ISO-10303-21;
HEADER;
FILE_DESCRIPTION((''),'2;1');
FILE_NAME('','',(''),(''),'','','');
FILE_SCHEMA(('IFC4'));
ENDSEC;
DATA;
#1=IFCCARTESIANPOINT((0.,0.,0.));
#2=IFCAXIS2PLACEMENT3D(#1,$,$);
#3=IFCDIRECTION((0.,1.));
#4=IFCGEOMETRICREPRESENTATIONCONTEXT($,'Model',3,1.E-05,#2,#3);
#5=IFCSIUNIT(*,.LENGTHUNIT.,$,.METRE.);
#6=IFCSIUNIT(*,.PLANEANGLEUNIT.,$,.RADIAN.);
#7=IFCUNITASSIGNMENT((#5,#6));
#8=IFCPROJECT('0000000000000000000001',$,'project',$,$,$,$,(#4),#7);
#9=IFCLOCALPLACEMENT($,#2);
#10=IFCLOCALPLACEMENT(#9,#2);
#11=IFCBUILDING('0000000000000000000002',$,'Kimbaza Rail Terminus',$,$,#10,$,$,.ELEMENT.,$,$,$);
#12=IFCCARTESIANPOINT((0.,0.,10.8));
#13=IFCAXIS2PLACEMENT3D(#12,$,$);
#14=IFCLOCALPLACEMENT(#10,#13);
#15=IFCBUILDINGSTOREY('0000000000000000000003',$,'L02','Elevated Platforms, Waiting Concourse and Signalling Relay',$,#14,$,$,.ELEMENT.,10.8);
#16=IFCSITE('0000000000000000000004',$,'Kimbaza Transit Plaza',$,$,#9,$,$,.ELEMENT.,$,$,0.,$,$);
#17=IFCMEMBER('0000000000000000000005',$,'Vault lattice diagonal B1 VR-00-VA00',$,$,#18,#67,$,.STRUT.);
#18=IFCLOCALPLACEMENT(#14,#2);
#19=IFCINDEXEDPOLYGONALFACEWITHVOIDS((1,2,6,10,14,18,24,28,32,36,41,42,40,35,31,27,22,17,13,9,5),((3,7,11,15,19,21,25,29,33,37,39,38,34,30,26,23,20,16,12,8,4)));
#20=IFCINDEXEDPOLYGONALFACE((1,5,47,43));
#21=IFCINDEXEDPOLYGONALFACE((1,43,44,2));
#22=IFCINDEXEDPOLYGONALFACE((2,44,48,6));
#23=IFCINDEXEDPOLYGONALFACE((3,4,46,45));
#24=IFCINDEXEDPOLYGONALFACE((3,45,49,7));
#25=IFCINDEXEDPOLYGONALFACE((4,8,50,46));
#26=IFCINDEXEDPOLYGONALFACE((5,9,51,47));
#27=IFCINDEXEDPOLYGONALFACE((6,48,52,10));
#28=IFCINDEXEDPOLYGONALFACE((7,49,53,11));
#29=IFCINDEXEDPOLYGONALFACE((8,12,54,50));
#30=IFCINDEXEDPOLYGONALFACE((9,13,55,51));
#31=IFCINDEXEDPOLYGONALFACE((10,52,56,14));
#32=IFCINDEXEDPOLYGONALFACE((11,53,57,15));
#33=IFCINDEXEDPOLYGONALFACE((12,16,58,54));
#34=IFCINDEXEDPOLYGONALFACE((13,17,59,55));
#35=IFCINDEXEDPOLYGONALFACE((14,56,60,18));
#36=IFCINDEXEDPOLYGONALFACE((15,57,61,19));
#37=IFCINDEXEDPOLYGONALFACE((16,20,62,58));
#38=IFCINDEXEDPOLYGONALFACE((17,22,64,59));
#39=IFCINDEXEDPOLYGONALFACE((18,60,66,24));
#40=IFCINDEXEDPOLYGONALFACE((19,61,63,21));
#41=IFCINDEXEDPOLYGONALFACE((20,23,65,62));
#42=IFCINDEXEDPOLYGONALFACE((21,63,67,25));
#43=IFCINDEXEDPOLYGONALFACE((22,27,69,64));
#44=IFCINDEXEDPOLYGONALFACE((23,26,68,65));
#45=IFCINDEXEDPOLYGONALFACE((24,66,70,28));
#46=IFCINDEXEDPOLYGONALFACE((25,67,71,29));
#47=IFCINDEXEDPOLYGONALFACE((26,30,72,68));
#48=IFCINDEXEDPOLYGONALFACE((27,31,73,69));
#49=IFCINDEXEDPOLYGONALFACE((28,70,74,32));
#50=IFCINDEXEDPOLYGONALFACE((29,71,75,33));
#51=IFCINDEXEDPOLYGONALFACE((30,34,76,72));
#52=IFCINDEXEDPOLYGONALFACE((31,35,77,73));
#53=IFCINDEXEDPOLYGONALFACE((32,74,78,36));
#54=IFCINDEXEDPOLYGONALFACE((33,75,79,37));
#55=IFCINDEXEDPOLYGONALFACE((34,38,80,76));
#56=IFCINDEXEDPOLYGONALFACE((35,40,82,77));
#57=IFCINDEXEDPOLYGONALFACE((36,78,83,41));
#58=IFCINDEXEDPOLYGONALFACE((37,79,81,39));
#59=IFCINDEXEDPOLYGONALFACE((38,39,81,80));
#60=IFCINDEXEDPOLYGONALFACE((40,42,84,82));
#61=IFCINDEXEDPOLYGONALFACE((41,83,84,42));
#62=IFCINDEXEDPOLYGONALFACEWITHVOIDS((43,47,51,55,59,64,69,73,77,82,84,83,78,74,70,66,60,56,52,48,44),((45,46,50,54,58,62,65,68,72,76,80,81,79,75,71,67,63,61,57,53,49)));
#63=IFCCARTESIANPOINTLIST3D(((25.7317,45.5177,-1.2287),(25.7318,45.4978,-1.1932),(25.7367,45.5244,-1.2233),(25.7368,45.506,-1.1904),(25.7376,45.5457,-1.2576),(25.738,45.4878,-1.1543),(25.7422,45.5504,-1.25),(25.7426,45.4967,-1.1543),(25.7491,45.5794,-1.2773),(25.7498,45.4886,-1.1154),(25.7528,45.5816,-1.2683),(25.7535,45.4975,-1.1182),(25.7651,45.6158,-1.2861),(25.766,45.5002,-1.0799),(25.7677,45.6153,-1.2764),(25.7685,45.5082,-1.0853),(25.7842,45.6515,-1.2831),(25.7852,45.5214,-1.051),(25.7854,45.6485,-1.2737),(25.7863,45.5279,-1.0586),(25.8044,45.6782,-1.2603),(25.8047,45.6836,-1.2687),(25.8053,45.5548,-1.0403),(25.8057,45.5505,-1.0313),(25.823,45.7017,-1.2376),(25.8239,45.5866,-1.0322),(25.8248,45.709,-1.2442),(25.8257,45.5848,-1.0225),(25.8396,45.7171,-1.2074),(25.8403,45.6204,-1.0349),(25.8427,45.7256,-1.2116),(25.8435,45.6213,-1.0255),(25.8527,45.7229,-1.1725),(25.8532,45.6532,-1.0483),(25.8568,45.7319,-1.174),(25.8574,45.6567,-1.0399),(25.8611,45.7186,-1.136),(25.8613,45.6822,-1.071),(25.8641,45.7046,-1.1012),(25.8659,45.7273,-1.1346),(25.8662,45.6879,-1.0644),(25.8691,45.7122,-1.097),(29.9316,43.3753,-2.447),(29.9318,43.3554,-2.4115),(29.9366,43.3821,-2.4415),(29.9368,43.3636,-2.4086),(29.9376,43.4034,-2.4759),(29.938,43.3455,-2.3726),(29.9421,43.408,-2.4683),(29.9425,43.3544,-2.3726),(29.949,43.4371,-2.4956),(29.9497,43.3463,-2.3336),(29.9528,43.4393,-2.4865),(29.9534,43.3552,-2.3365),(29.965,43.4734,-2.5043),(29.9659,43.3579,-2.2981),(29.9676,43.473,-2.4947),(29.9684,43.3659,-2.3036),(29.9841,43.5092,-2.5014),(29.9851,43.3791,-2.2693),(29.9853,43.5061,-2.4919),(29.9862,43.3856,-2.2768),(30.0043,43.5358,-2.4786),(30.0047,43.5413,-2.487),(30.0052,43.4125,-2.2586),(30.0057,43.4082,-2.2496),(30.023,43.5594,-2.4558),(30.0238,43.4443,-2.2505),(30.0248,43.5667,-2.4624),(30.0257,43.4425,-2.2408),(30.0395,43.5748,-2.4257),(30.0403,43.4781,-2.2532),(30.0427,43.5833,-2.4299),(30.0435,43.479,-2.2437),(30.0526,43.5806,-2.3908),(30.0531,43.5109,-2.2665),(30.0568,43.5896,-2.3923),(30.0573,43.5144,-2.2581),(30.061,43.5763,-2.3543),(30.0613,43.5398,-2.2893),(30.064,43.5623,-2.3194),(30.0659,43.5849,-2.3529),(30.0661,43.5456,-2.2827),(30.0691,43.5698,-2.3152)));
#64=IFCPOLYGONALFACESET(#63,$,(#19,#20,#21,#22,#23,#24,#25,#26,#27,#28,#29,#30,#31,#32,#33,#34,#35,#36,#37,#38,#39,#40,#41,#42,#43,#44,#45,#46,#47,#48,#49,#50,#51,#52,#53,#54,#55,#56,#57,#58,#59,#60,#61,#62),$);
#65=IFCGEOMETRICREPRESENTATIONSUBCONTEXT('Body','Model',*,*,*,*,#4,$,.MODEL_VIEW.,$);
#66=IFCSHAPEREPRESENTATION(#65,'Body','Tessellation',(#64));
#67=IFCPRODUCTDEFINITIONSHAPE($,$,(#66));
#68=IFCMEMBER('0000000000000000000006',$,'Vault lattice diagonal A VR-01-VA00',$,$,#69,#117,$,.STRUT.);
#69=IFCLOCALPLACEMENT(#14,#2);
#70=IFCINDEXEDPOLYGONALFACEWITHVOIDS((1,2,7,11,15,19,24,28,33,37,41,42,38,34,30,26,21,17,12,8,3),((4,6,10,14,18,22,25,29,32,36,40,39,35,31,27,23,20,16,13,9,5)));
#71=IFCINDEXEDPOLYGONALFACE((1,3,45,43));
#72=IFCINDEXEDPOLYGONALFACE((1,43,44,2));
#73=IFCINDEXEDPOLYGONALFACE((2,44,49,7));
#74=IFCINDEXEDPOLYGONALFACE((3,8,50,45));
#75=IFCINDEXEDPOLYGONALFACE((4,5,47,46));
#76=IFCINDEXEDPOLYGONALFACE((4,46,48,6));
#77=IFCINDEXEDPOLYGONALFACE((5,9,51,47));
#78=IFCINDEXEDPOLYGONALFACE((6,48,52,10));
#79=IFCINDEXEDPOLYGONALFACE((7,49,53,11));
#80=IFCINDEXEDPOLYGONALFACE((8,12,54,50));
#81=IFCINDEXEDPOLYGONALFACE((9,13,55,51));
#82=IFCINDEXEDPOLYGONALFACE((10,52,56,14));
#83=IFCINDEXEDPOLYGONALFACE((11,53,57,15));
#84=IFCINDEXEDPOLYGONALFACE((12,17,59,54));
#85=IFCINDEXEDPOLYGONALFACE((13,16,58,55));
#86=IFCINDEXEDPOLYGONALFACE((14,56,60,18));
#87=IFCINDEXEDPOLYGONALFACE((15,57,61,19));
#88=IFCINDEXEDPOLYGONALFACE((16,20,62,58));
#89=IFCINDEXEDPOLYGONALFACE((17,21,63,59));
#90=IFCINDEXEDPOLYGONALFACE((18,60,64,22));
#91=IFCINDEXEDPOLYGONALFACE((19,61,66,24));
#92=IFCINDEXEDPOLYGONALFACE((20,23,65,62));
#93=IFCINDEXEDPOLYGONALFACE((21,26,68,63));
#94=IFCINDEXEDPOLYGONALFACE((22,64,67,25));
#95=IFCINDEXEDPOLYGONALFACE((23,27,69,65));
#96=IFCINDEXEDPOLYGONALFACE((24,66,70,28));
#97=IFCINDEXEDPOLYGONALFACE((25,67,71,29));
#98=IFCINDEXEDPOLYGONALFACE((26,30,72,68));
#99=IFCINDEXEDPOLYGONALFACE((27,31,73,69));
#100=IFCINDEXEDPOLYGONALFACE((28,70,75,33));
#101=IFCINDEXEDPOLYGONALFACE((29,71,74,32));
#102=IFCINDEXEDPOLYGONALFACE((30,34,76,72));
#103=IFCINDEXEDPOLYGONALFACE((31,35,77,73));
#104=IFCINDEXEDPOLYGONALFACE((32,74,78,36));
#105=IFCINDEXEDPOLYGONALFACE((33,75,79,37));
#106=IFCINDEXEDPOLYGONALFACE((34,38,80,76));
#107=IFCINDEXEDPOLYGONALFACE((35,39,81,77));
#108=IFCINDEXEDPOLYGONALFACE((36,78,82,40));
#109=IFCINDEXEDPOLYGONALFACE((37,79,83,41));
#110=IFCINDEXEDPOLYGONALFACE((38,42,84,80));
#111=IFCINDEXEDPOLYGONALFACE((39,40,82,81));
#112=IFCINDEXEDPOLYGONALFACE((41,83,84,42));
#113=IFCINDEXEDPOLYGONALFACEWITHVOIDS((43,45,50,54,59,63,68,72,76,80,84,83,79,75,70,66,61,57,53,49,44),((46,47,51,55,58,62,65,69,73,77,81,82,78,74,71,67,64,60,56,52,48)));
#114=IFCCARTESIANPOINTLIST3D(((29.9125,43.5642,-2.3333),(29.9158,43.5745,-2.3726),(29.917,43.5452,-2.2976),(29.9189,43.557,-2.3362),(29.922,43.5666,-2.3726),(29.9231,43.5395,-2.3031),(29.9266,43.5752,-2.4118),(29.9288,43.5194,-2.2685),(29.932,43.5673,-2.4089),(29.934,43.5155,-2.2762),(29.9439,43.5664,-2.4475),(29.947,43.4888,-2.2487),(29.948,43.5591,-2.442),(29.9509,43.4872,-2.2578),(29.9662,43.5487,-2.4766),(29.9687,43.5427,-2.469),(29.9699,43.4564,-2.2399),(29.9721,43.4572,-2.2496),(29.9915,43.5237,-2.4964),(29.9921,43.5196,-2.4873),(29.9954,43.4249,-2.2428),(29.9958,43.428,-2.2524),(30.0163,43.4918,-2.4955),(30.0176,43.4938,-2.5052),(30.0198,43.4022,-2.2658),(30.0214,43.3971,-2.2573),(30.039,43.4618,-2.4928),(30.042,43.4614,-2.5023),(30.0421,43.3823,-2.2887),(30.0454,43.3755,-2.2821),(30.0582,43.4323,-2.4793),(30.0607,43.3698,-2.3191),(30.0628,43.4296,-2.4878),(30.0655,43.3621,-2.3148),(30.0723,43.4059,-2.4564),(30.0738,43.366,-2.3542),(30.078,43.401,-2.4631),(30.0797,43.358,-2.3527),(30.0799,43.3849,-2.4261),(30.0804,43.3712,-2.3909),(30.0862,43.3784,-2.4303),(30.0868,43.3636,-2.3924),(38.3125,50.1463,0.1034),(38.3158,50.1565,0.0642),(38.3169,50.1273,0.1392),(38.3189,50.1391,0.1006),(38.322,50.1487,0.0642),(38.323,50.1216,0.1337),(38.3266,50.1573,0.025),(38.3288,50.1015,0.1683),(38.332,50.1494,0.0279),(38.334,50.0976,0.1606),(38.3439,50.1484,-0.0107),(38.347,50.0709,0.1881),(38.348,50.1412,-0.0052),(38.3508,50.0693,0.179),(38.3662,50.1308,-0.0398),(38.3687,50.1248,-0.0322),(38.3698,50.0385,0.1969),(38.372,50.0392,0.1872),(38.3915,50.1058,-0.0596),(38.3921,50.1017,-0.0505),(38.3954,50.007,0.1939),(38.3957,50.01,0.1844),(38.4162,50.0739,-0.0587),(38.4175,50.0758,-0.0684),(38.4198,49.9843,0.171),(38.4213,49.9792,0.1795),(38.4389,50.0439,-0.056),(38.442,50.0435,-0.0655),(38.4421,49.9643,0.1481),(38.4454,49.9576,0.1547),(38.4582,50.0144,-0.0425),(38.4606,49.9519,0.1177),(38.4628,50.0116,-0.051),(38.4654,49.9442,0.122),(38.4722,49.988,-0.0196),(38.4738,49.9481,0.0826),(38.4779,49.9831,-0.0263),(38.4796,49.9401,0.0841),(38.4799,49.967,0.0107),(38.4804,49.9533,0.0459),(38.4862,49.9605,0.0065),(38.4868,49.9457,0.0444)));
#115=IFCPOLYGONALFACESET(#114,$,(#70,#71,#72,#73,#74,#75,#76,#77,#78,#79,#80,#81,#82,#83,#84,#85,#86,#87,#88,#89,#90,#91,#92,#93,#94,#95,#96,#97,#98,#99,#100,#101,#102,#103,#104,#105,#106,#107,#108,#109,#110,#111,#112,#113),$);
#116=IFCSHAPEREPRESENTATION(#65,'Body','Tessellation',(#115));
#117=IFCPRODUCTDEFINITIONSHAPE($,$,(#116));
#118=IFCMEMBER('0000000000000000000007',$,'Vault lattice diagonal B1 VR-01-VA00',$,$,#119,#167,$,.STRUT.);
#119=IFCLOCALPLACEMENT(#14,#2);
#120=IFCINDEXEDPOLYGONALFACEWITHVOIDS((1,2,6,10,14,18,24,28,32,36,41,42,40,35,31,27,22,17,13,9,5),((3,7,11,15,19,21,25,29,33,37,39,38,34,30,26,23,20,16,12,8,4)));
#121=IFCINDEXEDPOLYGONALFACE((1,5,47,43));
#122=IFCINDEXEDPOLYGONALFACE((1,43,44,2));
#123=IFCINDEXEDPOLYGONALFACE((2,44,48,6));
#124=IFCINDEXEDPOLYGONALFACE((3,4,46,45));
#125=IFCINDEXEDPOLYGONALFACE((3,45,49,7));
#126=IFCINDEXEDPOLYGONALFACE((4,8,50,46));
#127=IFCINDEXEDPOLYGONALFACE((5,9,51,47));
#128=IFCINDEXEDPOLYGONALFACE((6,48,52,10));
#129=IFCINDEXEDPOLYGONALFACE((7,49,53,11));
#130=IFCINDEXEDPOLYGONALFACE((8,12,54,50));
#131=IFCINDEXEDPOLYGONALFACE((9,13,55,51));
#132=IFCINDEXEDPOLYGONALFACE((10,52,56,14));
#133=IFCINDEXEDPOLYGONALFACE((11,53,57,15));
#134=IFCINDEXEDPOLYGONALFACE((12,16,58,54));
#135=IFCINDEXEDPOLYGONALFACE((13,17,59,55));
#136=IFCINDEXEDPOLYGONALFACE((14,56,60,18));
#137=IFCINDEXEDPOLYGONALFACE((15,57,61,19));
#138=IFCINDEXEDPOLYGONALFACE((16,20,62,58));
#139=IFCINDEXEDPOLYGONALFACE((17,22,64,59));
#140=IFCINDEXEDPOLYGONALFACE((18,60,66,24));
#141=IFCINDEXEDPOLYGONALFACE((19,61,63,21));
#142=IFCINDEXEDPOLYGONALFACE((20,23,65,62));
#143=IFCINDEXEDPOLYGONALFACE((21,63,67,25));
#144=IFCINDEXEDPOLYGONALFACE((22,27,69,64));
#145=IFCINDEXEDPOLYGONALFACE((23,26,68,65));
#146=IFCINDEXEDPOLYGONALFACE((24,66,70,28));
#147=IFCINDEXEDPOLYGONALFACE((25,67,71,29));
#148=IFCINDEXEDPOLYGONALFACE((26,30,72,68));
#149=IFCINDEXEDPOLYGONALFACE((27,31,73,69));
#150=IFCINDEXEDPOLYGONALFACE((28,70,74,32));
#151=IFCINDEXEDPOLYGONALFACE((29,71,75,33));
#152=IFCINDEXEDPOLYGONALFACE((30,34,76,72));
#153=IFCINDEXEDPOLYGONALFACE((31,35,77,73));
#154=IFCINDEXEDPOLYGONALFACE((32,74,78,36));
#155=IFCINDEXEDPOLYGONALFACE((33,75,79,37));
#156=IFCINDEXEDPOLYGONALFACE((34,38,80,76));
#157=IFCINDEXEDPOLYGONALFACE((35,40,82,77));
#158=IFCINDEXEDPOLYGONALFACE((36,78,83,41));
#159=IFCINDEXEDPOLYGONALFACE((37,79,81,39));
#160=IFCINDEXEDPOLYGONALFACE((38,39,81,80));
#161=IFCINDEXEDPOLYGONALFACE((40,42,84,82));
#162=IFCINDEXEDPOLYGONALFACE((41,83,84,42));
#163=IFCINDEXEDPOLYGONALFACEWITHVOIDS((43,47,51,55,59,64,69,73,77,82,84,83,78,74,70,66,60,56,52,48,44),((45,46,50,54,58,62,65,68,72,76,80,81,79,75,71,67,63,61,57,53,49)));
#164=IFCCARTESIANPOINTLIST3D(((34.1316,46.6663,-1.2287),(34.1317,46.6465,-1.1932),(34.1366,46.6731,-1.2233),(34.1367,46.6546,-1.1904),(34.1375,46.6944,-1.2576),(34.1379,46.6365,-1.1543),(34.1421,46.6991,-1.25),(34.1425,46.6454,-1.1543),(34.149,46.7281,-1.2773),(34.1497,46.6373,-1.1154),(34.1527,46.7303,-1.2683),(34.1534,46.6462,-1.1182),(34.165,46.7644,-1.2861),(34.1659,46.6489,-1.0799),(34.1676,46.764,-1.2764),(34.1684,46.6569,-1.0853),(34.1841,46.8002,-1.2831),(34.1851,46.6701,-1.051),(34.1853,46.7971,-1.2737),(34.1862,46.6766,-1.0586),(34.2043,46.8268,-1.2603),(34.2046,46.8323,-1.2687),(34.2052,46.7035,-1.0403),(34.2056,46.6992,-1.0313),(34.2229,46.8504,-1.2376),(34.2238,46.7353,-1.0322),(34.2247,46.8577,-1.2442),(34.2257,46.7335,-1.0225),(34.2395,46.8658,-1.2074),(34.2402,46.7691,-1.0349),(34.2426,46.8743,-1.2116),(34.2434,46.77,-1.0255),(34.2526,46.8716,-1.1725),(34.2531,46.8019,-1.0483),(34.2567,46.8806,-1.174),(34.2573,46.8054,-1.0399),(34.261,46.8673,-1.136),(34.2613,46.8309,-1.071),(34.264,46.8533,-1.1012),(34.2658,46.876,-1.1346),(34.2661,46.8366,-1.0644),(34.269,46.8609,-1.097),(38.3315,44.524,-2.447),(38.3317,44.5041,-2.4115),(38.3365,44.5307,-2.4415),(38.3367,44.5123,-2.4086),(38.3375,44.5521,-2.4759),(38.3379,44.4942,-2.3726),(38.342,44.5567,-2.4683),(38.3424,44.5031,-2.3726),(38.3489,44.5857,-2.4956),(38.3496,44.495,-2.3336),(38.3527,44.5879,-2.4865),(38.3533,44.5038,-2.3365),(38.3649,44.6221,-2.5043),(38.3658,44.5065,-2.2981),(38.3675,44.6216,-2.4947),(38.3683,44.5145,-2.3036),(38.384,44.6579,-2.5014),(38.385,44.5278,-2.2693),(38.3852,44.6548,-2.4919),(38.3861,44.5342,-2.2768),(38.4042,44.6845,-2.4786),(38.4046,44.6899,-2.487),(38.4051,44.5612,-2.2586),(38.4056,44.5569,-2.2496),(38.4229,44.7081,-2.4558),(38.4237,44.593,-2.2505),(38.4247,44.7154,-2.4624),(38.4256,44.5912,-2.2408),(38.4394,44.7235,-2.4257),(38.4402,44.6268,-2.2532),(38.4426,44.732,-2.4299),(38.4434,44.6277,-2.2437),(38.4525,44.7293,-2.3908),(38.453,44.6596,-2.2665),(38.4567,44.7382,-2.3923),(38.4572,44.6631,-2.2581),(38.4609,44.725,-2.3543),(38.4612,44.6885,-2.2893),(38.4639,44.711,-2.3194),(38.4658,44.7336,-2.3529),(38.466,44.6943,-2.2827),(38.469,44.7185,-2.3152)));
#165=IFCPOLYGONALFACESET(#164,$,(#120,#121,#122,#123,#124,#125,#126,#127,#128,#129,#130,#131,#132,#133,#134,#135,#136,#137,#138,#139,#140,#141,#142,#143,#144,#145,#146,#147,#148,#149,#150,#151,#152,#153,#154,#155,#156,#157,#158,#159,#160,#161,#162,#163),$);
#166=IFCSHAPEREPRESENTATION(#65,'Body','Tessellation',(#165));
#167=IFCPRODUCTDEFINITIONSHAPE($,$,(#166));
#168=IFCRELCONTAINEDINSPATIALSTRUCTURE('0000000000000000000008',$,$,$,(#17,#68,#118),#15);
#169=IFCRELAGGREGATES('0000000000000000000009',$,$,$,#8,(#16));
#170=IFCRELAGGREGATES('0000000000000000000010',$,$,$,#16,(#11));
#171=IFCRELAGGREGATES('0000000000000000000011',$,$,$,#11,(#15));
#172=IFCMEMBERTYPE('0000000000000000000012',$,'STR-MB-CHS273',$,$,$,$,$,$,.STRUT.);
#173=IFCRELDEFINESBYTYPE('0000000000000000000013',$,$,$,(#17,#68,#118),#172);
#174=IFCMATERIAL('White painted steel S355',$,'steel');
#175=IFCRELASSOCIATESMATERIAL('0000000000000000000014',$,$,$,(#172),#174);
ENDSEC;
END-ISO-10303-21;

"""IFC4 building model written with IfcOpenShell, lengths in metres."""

from ifc_helpers import new_model, si_unit, direction, frame, origin, origin_2d, place, context, subcontext, project, spatial, hollow_circle, extrude, material, material_profile, profile_set, type_object, element, save


model = new_model("IFC4")

# Units and contexts
model_context = context("Model", 3, precision=1e-05, world=origin(), true_north=direction((0.0, 1.0)))
body_context = subcontext(model_context, "Body", "Model", "MODEL_VIEW")
ifc_project = project(units=[si_unit("LENGTHUNIT", "METRE"), si_unit("PLANEANGLEUNIT", "RADIAN")], contexts=[model_context])

# Site, building, storey
site_placement = place(None, origin())
site = spatial("IfcSite", under=ifc_project, at=site_placement, Name="Kimbaza Transit Plaza", CompositionType="ELEMENT", RefElevation=0.0)
building_placement = place(site_placement, origin())
building = spatial("IfcBuilding", under=site, at=building_placement, Name="Kimbaza Rail Terminus", CompositionType="ELEMENT")
storey_placement = place(building_placement, frame((0.0, 0.0, 10.8)))
storey = spatial("IfcBuildingStorey", under=building, at=storey_placement, Name="L02", Description="Elevated Platforms, Waiting Concourse and Signalling Relay", CompositionType="ELEMENT", Elevation=10.8)

# Members
ifc_material_1 = material(Name="White painted steel S355", Category="steel")
ifc_material_profile_1 = material_profile(ifc_material_1, hollow_circle(Radius=0.1365, WallThickness=0.01, at=origin_2d()), Name="CHS 273x10")
ifc_profile_set_1 = profile_set([ifc_material_profile_1], Name="White painted steel S355")
member_type_1 = type_object("IfcMemberType", Name="STR-MB-CHS273", PredefinedType="STRUT", material=ifc_profile_set_1)
member_1_placement = place(storey_placement, frame((30.0, 43.467, -2.3726), z_axis=(-0.862478, 0.439937, 0.250175), x_axis=(-0.454386, -0.890805, 0.0)))
element("IfcMember", 1, at=member_1_placement, inside=storey, type_object=member_type_1, Name="Vault lattice diagonal B1 VR-00-VA00", PredefinedType="STRUT", context=body_context, shape_type="SweptSolid", body=[
    extrude(hollow_circle(Radius=0.1365, WallThickness=0.01, at=origin_2d()), origin(), (0.0, 0.0, 1.0), 4.8696),
])
member_2_placement = place(storey_placement, frame((30.0, 43.467, -2.3726), z_axis=(0.767381, 0.601307, 0.222613), x_axis=(-0.616784, 0.787132, 0.0)))
element("IfcMember", 2, at=member_2_placement, inside=storey, type_object=member_type_1, Name="Vault lattice diagonal A VR-01-VA00", PredefinedType="STRUT", context=body_context, shape_type="SweptSolid", body=[
    extrude(hollow_circle(Radius=0.1365, WallThickness=0.01, at=origin_2d()), origin(), (0.0, 0.0, 1.0), 10.9463),
])
member_3_placement = place(storey_placement, frame((38.3999, 44.6157, -2.3726), z_axis=(-0.862478, 0.439937, 0.250175), x_axis=(-0.454386, -0.890805, 0.0)))
element("IfcMember", 3, at=member_3_placement, inside=storey, type_object=member_type_1, Name="Vault lattice diagonal B1 VR-01-VA00", PredefinedType="STRUT", context=body_context, shape_type="SweptSolid", body=[
    extrude(hollow_circle(Radius=0.1365, WallThickness=0.01, at=origin_2d()), origin(), (0.0, 0.0, 1.0), 4.8696),
])

save(model, "model.ifc")
